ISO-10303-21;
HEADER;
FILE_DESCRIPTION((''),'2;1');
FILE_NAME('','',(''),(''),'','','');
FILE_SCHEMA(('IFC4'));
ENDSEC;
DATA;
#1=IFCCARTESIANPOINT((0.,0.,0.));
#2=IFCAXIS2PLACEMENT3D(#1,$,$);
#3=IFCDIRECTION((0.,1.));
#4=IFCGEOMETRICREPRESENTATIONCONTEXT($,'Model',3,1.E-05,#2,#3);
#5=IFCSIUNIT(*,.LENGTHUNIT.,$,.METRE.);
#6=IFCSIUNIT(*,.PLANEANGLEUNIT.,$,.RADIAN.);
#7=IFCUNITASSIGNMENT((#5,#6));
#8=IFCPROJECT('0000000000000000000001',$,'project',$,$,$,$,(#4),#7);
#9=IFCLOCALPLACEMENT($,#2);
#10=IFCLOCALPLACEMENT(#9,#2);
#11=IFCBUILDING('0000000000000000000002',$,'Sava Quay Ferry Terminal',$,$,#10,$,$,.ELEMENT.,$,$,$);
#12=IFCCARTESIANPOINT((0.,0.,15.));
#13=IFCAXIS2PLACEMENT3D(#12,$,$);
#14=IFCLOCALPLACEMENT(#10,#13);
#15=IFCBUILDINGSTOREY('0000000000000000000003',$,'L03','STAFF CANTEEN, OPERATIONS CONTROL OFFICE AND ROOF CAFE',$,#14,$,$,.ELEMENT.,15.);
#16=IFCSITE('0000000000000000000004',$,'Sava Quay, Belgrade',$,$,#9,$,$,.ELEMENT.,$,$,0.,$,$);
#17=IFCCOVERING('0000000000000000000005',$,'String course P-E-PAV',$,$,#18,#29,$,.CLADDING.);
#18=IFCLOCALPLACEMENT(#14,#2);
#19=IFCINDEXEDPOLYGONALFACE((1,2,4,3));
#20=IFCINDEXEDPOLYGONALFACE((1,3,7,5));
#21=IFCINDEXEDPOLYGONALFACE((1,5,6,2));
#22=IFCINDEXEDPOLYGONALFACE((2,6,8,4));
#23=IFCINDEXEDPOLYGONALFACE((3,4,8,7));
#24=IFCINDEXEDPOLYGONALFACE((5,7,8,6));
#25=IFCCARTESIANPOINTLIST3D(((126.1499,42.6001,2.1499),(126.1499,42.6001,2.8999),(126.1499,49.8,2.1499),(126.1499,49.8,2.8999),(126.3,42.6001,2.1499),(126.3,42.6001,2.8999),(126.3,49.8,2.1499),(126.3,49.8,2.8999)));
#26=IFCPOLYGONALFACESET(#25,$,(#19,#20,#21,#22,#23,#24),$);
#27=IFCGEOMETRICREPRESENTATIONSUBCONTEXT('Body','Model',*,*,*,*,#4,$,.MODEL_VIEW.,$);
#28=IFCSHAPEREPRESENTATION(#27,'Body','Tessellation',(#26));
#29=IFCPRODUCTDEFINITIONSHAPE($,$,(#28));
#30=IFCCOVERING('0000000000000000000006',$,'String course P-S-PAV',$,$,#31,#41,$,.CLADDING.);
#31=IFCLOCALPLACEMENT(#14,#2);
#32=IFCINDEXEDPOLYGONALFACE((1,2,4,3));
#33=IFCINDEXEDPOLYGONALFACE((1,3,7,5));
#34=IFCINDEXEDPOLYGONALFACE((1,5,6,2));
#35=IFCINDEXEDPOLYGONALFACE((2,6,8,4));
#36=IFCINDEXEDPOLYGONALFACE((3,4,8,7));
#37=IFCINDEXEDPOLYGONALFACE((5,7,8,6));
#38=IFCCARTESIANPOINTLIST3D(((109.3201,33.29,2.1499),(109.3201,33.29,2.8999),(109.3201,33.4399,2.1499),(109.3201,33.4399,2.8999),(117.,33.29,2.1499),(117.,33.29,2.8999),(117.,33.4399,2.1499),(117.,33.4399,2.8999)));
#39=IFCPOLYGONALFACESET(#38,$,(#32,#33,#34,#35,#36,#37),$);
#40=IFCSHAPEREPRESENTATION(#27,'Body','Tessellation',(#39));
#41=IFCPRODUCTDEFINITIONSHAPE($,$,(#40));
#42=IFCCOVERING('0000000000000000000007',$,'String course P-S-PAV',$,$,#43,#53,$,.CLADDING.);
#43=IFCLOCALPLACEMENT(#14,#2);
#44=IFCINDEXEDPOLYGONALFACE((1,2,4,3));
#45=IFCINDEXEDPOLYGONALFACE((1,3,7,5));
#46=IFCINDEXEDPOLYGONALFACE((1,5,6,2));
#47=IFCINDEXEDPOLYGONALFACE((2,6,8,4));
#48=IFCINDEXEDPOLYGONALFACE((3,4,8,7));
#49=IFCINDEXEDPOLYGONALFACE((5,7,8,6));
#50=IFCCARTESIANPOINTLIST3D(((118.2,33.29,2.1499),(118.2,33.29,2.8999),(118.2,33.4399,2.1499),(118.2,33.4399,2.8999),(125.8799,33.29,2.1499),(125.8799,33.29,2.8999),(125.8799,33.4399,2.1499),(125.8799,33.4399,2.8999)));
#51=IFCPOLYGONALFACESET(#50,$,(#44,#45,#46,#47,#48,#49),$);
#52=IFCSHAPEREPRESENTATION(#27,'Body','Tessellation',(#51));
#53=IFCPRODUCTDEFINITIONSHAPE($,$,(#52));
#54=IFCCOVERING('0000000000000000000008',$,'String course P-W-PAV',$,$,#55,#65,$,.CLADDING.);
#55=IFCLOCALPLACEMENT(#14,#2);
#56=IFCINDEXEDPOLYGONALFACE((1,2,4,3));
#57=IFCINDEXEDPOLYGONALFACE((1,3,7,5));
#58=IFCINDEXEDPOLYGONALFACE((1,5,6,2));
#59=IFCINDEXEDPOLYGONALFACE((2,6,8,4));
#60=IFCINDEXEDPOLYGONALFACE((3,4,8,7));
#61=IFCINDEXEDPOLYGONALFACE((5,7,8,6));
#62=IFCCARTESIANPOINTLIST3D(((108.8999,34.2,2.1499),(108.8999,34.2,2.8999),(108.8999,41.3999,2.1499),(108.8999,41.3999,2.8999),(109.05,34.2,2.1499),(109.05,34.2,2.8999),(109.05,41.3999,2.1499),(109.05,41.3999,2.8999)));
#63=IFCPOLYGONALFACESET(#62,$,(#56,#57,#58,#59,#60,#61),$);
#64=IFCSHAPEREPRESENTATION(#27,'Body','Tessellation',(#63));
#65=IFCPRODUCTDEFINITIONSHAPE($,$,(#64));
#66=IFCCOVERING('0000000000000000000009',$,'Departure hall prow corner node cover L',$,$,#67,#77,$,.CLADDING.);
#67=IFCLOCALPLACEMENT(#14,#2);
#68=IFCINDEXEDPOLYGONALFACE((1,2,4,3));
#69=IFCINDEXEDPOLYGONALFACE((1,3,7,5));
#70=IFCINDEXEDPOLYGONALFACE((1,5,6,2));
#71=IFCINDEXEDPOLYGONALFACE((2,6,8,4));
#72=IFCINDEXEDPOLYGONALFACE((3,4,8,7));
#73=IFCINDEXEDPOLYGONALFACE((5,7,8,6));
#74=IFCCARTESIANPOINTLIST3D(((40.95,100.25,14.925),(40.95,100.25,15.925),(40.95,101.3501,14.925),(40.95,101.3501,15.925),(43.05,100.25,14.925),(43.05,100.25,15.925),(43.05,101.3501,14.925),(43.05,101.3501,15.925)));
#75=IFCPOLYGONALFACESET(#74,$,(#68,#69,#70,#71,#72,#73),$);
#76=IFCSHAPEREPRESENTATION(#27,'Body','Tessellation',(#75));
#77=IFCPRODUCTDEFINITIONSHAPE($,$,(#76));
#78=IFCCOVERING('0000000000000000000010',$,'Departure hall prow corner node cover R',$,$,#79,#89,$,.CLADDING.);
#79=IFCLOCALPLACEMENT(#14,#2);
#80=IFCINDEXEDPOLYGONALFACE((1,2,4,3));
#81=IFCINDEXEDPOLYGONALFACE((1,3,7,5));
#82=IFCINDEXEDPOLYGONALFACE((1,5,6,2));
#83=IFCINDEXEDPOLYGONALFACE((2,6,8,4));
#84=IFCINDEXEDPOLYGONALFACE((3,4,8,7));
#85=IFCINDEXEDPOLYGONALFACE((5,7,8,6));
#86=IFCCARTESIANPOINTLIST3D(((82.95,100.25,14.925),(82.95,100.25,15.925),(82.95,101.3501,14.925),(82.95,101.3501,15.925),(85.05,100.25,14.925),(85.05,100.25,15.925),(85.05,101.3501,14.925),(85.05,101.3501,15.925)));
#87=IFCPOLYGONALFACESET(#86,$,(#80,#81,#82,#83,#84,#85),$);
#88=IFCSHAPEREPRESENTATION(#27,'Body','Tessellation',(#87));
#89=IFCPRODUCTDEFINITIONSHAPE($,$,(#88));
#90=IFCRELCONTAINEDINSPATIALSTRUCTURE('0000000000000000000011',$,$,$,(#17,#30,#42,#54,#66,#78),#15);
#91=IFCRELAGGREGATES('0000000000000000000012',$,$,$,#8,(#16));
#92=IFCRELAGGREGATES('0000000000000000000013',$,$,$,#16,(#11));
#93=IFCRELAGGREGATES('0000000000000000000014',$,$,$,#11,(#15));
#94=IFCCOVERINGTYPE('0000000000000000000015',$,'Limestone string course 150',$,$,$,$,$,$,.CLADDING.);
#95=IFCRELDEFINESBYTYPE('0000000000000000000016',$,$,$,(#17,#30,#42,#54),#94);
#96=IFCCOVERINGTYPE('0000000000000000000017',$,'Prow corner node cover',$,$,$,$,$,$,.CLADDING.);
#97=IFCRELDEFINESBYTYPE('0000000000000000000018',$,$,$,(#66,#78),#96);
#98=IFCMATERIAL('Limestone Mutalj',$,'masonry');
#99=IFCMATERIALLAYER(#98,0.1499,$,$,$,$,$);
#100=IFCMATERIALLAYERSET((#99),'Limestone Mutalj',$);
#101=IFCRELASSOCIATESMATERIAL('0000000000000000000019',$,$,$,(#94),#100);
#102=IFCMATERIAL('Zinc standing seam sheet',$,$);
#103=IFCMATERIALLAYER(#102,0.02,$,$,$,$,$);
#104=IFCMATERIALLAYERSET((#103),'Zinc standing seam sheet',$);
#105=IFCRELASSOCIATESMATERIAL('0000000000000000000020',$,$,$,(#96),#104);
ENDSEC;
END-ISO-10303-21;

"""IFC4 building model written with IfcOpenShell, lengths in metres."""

from ifc_helpers import new_model, si_unit, direction, frame, origin, place, context, subcontext, project, spatial, polyline, outline, extrude, material, layer, layer_set, type_object, element, save


model = new_model("IFC4")

# Units and contexts
model_context = context("Model", 3, precision=1e-05, world=origin(), true_north=direction((0.0, 1.0)))
body_context = subcontext(model_context, "Body", "Model", "MODEL_VIEW")
ifc_project = project(units=[si_unit("LENGTHUNIT", "METRE"), si_unit("PLANEANGLEUNIT", "RADIAN")], contexts=[model_context])

# Site, building, storey
site_placement = place(None, origin())
site = spatial("IfcSite", under=ifc_project, at=site_placement, Name="Sava Quay, Belgrade", CompositionType="ELEMENT", RefElevation=0.0)
building_placement = place(site_placement, origin())
building = spatial("IfcBuilding", under=site, at=building_placement, Name="Sava Quay Ferry Terminal", CompositionType="ELEMENT")
storey_placement = place(building_placement, frame((0.0, 0.0, 15.0)))
storey = spatial("IfcBuildingStorey", under=building, at=storey_placement, Name="L03", Description="STAFF CANTEEN, OPERATIONS CONTROL OFFICE AND ROOF CAFE", CompositionType="ELEMENT", Elevation=15.0)

# Coverings
ifc_material_1 = material(Name="Limestone Mutalj", Category="masonry")
ifc_layer_1 = layer(ifc_material_1, 0.1499)
ifc_layer_set_1 = layer_set([ifc_layer_1], Name="Limestone Mutalj")
covering_type_1 = type_object("IfcCoveringType", Name="Limestone string course 150", PredefinedType="CLADDING", material=ifc_layer_set_1)
covering_1_placement = place(storey_placement, frame((0.0, 0.0, 2.1499)))
element("IfcCovering", 1, at=covering_1_placement, inside=storey, type_object=covering_type_1, Name="String course P-E-PAV", PredefinedType="CLADDING", context=body_context, shape_type="SweptSolid", body=[
    extrude(outline(polyline([(126.1499, 42.6001), (126.1499, 49.8), (126.3, 49.8), (126.3, 42.6001), (126.1499, 42.6001)])), origin(), (0.0, 0.0, 1.0), 0.75),
])
covering_2_placement = place(storey_placement, frame((0.0, 0.0, 2.1499)))
element("IfcCovering", 2, at=covering_2_placement, inside=storey, type_object=covering_type_1, Name="String course P-S-PAV", PredefinedType="CLADDING", context=body_context, shape_type="SweptSolid", body=[
    extrude(outline(polyline([(109.3201, 33.4399), (117.0, 33.4399), (117.0, 33.29), (109.3201, 33.29), (109.3201, 33.4399)])), origin(), (0.0, 0.0, 1.0), 0.75),
])
covering_3_placement = place(storey_placement, frame((0.0, 0.0, 2.1499)))
element("IfcCovering", 3, at=covering_3_placement, inside=storey, type_object=covering_type_1, Name="String course P-S-PAV", PredefinedType="CLADDING", context=body_context, shape_type="SweptSolid", body=[
    extrude(outline(polyline([(118.2, 33.4399), (125.8799, 33.4399), (125.8799, 33.29), (118.2, 33.29), (118.2, 33.4399)])), origin(), (0.0, 0.0, 1.0), 0.75),
])
covering_4_placement = place(storey_placement, frame((0.0, 0.0, 2.1499)))
element("IfcCovering", 4, at=covering_4_placement, inside=storey, type_object=covering_type_1, Name="String course P-W-PAV", PredefinedType="CLADDING", context=body_context, shape_type="SweptSolid", body=[
    extrude(outline(polyline([(109.05, 34.2), (109.05, 41.3999), (108.8999, 41.3999), (108.8999, 34.2), (109.05, 34.2)])), origin(), (0.0, 0.0, 1.0), 0.75),
])
ifc_material_2 = material(Name="Zinc standing seam sheet")
ifc_layer_2 = layer(ifc_material_2, 0.02)
ifc_layer_set_2 = layer_set([ifc_layer_2], Name="Zinc standing seam sheet")
covering_type_2 = type_object("IfcCoveringType", Name="Prow corner node cover", PredefinedType="CLADDING", material=ifc_layer_set_2)
covering_5_placement = place(storey_placement, frame((0.0, 0.0, 14.925)))
element("IfcCovering", 5, at=covering_5_placement, inside=storey, type_object=covering_type_2, Name="Departure hall prow corner node cover L", PredefinedType="CLADDING", context=body_context, shape_type="SweptSolid", body=[
    extrude(outline(polyline([(40.95, 100.25), (43.05, 100.25), (43.05, 101.3501), (40.95, 101.3501), (40.95, 100.25)])), origin(), (0.0, 0.0, 1.0), 1.0),
])
covering_6_placement = place(storey_placement, frame((0.0, 0.0, 14.925)))
element("IfcCovering", 6, at=covering_6_placement, inside=storey, type_object=covering_type_2, Name="Departure hall prow corner node cover R", PredefinedType="CLADDING", context=body_context, shape_type="SweptSolid", body=[
    extrude(outline(polyline([(82.95, 100.25), (85.05, 100.25), (85.05, 101.3501), (82.95, 101.3501), (82.95, 100.25)])), origin(), (0.0, 0.0, 1.0), 1.0),
])

save(model, "model.ifc")
